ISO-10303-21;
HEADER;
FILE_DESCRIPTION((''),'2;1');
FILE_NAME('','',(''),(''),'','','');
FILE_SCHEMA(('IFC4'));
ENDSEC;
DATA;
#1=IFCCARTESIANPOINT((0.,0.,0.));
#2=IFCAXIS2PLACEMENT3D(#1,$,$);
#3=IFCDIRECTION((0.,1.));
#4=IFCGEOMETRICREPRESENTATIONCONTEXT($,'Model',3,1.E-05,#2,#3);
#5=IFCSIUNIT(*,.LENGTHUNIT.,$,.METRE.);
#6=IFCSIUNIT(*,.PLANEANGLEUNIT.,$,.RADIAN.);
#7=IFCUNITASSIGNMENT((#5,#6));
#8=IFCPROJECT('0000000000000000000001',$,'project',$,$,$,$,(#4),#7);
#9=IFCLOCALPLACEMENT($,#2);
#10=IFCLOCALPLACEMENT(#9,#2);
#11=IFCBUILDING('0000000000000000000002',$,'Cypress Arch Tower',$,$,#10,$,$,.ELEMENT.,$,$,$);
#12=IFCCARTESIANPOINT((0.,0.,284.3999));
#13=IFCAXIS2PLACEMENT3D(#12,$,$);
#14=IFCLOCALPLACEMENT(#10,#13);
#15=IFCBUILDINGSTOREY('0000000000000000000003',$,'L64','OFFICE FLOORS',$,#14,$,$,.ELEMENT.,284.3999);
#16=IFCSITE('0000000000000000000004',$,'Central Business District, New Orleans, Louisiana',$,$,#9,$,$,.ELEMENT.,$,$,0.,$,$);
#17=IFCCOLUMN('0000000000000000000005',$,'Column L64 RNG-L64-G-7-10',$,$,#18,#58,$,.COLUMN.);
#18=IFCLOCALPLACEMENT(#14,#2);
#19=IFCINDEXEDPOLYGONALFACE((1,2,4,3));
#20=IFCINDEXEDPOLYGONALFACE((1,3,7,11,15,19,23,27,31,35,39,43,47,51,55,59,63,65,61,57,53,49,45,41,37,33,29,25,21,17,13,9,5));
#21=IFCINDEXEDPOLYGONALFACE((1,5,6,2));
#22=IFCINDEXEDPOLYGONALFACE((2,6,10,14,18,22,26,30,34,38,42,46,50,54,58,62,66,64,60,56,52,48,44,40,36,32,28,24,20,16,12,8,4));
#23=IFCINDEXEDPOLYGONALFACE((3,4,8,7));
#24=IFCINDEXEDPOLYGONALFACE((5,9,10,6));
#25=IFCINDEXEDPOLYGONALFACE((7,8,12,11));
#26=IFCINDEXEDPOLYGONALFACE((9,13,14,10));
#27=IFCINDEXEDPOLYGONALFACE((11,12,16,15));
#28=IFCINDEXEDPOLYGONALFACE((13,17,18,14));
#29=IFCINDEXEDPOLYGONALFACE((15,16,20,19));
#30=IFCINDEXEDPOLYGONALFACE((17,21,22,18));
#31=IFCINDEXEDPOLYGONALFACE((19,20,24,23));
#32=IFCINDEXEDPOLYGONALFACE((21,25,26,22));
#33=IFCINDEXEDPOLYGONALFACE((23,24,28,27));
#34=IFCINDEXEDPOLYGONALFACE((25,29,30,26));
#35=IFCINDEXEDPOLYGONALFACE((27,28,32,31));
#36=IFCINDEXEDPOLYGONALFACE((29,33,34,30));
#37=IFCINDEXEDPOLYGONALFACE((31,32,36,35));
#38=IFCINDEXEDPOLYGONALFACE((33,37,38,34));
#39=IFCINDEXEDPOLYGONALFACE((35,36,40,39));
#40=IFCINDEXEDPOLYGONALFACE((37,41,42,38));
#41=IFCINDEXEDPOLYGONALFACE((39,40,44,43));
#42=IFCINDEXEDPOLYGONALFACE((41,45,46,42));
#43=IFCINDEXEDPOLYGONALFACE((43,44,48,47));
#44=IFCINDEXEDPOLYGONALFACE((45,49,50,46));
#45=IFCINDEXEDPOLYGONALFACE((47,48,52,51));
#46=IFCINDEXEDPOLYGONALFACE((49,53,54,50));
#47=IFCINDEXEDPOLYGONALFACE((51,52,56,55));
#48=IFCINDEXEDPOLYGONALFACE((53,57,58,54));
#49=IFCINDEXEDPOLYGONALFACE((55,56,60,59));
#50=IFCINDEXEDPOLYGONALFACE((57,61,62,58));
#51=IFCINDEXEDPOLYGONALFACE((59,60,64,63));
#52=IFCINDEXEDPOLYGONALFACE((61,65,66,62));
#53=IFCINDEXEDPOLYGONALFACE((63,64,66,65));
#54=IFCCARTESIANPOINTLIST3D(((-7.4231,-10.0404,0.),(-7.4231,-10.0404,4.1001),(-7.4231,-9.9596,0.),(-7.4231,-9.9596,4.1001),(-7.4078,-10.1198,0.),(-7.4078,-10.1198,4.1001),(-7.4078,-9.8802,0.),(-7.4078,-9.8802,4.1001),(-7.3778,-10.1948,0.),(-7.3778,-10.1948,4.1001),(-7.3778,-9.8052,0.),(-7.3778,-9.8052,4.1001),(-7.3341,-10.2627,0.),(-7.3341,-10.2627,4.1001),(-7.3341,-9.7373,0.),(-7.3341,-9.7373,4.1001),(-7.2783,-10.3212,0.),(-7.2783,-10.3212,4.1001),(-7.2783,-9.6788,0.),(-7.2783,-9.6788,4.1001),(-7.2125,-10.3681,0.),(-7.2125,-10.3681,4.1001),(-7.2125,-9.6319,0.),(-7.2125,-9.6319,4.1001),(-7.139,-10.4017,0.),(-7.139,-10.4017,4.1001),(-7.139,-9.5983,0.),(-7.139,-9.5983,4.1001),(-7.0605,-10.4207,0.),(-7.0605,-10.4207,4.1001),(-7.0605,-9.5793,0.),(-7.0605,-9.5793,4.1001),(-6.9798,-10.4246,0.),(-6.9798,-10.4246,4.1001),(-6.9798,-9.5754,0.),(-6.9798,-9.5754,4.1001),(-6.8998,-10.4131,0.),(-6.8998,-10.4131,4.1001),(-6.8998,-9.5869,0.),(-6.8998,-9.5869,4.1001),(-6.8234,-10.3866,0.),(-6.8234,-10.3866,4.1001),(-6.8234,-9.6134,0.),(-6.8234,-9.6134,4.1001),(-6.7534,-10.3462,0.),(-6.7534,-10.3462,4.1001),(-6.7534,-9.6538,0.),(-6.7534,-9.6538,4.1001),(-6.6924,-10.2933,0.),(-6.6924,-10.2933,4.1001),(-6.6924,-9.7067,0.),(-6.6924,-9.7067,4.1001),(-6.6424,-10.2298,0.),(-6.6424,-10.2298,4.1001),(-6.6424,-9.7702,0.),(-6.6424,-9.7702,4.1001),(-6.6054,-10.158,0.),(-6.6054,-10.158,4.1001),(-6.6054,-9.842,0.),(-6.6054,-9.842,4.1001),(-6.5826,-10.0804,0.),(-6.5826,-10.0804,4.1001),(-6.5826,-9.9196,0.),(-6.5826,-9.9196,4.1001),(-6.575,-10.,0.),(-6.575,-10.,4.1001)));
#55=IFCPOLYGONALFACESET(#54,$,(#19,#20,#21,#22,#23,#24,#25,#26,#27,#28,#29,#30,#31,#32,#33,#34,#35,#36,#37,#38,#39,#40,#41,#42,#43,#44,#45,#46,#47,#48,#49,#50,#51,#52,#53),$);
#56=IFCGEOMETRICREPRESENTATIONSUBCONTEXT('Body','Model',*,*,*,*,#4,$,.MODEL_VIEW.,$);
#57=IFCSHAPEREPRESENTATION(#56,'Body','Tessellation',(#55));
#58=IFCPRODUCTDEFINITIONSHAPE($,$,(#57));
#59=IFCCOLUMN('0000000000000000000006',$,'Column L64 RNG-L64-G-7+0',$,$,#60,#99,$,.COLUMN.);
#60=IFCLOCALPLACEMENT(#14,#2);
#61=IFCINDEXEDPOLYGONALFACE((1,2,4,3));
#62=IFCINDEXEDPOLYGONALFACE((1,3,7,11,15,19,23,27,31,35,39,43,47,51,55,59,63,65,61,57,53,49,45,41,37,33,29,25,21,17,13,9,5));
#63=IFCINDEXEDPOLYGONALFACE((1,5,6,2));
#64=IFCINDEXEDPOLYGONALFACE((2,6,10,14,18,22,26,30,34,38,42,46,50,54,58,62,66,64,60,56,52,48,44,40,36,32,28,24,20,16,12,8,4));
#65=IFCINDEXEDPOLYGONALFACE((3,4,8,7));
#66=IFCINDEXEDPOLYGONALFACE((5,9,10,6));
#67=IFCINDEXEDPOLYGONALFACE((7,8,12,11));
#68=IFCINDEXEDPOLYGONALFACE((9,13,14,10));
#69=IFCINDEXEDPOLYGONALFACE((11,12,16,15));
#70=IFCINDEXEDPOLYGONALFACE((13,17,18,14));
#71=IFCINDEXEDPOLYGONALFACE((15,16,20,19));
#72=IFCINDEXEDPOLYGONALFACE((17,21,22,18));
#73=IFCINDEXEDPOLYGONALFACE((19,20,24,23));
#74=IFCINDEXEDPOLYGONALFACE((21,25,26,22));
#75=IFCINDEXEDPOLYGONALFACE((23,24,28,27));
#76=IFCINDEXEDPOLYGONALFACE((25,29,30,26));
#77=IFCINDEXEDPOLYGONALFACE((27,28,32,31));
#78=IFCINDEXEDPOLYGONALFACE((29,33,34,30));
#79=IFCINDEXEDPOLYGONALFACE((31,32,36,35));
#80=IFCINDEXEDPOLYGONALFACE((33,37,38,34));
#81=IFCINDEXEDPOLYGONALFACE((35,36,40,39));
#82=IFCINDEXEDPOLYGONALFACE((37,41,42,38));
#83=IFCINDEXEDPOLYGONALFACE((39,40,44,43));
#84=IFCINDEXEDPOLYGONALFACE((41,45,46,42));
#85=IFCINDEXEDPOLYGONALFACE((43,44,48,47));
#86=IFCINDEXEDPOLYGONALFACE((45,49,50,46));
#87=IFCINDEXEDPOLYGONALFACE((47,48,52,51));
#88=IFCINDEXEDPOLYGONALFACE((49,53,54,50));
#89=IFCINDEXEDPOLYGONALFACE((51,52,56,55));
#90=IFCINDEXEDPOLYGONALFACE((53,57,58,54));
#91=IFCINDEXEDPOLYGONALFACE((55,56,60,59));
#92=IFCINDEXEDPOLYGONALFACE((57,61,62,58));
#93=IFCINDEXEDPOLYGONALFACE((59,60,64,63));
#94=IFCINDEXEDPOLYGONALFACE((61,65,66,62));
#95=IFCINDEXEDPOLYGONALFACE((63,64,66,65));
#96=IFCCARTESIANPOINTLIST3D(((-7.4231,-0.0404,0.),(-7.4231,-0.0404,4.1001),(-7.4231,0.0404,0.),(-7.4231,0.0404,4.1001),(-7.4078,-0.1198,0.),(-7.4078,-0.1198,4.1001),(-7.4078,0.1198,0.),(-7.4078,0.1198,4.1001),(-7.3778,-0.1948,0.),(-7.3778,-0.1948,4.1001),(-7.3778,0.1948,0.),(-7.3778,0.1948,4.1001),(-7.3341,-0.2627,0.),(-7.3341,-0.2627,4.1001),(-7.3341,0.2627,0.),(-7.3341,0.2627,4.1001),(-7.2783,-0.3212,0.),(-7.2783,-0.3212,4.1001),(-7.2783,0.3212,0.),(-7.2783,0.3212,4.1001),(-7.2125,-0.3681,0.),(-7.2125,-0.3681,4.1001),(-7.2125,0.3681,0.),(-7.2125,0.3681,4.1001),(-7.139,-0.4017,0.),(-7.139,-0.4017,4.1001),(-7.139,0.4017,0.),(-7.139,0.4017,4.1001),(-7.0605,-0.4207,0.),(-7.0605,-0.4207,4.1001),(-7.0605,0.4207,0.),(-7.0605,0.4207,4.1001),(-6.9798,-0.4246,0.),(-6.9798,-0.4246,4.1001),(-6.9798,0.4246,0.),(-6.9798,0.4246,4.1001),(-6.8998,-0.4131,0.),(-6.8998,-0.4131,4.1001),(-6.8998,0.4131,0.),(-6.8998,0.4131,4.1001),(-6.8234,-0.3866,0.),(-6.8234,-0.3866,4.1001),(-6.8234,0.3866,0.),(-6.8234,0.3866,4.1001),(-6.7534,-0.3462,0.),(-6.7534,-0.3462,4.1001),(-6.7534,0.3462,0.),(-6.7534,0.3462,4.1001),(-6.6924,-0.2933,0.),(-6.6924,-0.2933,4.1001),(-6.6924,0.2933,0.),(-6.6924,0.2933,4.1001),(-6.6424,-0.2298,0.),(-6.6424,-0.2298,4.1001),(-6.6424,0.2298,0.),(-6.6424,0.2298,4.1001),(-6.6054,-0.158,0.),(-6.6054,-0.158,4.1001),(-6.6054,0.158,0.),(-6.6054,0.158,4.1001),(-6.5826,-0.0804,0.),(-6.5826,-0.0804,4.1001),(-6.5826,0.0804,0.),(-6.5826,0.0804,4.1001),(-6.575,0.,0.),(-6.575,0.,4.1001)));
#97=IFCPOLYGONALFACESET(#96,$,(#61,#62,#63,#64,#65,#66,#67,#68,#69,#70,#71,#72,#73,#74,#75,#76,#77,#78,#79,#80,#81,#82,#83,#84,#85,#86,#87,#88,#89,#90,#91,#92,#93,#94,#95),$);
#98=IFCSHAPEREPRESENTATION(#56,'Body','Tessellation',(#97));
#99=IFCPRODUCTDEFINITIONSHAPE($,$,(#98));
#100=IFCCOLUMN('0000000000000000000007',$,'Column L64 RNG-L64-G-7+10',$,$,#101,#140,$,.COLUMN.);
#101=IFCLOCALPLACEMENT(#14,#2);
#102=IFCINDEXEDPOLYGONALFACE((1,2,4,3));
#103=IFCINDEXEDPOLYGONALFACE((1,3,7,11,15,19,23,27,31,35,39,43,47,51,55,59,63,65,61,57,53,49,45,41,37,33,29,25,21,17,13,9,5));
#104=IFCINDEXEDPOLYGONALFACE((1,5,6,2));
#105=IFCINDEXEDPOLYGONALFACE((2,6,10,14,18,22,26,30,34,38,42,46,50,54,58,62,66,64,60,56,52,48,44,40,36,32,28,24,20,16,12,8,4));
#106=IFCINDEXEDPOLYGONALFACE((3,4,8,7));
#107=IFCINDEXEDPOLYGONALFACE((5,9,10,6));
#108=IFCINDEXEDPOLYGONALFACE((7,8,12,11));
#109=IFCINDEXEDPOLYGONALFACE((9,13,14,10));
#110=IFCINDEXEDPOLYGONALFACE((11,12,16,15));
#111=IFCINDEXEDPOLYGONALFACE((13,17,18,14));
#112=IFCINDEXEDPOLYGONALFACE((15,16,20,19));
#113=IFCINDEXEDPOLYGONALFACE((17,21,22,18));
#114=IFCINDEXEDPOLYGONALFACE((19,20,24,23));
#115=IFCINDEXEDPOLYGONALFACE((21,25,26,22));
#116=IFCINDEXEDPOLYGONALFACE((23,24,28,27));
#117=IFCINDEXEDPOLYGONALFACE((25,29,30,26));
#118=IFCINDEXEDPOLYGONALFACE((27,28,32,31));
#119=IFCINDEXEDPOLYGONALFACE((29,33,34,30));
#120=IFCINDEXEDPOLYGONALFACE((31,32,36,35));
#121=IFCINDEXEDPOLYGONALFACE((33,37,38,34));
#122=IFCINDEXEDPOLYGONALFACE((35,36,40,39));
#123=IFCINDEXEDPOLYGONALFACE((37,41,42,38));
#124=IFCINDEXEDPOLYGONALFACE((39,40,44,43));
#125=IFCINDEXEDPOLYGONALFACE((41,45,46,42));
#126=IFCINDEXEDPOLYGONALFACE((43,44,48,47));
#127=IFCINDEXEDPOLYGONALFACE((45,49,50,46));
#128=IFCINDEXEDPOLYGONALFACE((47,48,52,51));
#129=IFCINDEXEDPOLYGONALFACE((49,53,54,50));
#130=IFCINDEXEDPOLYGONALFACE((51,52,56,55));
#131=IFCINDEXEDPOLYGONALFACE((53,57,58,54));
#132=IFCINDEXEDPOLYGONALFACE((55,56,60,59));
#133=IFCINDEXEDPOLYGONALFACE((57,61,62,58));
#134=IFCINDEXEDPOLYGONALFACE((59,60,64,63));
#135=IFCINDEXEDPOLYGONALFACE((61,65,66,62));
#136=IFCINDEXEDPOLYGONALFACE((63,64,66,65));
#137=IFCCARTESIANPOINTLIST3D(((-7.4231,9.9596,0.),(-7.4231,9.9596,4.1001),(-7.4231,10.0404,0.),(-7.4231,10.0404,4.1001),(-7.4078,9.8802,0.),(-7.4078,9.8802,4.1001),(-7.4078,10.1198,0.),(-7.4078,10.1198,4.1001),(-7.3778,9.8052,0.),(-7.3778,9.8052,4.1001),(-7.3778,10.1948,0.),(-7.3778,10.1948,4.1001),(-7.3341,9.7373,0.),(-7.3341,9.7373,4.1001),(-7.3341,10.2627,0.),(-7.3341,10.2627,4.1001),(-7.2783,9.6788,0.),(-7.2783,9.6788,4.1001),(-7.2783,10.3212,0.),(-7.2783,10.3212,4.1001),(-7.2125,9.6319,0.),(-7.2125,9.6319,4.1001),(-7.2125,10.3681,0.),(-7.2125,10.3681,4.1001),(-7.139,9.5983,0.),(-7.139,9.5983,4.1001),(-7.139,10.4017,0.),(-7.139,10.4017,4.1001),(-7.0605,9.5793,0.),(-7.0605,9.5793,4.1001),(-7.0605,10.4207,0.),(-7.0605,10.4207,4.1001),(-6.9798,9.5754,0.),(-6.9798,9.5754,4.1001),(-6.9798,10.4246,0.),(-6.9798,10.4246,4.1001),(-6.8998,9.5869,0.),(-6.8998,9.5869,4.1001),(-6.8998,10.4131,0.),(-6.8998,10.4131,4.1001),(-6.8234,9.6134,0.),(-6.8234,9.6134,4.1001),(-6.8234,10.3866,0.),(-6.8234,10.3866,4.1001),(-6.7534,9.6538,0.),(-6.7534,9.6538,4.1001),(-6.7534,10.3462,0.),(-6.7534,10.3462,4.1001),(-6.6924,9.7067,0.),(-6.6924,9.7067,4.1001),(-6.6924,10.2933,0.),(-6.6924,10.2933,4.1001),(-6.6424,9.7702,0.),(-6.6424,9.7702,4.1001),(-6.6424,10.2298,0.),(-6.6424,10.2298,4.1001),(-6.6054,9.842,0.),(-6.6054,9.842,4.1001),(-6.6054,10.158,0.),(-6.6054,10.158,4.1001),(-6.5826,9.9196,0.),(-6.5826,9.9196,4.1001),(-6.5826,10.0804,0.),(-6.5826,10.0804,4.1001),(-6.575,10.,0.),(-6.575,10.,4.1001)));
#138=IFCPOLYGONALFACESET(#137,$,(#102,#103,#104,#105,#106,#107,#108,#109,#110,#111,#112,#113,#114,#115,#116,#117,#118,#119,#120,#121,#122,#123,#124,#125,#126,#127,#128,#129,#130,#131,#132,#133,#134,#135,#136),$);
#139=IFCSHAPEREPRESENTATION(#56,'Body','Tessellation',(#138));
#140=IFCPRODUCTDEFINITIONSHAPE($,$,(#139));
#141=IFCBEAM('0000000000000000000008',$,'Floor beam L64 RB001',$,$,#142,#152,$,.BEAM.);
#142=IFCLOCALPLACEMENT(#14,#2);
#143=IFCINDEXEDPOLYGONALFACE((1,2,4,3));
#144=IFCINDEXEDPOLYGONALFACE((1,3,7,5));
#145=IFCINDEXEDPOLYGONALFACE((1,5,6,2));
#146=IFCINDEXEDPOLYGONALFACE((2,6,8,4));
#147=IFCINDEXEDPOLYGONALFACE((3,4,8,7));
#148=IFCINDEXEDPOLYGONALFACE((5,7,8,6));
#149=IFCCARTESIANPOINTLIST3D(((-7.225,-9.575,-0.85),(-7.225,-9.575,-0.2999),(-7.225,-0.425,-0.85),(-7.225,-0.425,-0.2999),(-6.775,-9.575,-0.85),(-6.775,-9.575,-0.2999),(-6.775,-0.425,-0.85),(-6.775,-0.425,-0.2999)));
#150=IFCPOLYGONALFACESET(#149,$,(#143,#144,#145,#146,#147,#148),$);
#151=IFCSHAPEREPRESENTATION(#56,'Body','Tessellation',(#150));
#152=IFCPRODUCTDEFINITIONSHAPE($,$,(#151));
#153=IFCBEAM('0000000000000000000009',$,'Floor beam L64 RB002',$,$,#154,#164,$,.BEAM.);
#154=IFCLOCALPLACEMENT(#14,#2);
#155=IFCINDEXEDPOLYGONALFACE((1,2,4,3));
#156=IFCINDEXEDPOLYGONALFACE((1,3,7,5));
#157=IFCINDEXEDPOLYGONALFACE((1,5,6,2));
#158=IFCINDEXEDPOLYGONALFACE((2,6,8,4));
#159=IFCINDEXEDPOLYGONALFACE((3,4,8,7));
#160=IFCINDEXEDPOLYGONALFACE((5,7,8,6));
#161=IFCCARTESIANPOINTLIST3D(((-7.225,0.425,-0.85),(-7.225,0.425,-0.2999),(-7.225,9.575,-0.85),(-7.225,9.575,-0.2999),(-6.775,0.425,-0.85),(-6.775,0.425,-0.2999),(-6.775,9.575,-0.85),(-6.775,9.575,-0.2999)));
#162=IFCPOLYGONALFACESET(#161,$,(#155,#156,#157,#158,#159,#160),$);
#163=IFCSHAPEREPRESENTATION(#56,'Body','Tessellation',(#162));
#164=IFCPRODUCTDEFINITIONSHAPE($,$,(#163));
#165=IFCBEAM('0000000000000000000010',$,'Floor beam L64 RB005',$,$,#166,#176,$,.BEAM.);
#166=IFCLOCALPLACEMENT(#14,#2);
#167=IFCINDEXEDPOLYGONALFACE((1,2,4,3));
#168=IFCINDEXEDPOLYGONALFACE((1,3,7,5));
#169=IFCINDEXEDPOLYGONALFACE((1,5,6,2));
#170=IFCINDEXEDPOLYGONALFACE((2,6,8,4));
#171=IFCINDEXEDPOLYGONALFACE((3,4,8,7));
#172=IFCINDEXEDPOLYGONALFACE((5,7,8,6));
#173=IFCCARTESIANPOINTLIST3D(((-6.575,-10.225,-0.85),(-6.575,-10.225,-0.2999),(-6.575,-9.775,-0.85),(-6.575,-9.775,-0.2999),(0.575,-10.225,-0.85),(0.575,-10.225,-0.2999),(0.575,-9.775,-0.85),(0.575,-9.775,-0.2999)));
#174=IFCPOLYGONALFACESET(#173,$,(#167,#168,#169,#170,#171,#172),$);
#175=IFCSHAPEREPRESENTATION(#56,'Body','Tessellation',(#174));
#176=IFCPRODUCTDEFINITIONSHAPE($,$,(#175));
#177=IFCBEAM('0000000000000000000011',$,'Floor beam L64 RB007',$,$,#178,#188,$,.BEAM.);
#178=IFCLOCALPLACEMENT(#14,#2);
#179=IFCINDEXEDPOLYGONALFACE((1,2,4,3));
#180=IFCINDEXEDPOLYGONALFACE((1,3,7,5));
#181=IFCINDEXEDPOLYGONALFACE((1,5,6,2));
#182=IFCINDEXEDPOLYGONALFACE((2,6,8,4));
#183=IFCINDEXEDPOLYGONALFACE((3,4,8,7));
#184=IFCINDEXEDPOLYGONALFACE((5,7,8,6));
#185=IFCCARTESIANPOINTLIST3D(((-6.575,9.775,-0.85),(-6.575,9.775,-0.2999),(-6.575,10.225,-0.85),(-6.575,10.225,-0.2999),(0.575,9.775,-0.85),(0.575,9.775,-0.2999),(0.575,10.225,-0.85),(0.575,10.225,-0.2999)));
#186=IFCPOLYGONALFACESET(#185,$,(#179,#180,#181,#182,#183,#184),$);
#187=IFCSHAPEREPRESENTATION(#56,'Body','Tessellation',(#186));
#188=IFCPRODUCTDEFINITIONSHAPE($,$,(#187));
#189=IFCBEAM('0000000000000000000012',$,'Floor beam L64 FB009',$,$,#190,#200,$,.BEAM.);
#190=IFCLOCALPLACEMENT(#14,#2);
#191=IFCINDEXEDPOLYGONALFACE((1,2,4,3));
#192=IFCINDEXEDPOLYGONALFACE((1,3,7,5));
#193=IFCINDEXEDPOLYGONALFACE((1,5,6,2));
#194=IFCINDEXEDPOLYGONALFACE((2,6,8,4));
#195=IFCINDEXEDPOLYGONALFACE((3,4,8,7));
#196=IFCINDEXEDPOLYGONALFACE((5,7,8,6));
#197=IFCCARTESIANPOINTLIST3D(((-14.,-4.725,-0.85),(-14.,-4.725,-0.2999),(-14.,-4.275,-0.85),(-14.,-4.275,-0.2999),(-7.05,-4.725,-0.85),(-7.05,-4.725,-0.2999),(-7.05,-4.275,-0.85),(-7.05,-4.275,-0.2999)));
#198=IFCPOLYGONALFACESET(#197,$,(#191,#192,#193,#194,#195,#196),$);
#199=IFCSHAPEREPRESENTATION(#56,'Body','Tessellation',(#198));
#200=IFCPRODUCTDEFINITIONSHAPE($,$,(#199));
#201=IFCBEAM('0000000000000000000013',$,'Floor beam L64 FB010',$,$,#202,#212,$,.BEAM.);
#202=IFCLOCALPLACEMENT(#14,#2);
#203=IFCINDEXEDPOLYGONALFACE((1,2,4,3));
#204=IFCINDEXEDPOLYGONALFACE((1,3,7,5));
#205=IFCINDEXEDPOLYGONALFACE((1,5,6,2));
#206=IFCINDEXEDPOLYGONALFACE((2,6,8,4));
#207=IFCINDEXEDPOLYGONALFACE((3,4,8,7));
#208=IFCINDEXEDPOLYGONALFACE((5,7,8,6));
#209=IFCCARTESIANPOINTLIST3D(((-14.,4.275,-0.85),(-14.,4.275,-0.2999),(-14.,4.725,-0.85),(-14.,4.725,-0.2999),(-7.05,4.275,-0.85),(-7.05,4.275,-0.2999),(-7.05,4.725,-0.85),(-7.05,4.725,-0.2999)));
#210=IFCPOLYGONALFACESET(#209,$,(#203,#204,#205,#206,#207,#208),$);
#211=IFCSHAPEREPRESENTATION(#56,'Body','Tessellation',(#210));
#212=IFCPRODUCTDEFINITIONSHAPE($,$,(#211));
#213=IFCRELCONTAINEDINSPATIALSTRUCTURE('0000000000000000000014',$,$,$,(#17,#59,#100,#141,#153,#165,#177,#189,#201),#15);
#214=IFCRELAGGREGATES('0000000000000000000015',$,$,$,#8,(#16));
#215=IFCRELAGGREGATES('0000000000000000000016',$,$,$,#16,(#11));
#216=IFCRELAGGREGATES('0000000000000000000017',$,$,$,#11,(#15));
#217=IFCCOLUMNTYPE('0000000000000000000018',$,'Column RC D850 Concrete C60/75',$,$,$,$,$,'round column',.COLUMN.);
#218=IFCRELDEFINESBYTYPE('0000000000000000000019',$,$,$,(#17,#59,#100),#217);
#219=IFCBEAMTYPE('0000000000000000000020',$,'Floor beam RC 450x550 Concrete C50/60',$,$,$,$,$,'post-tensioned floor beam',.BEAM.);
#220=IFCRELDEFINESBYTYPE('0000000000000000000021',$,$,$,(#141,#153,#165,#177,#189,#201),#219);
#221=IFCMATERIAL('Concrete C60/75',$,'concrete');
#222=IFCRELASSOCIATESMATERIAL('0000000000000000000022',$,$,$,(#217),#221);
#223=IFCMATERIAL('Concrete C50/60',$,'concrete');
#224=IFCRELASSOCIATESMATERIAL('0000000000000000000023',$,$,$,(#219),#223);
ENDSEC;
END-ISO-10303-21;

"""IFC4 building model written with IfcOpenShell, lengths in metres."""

from ifc_helpers import new_model, si_unit, direction, frame, origin, origin_2d, place, context, subcontext, project, spatial, rectangle, circle, extrude, material, material_profile, profile_set, type_object, element, save


model = new_model("IFC4")

# Units and contexts
model_context = context("Model", 3, precision=1e-05, world=origin(), true_north=direction((0.0, 1.0)))
body_context = subcontext(model_context, "Body", "Model", "MODEL_VIEW")
ifc_project = project(units=[si_unit("LENGTHUNIT", "METRE"), si_unit("PLANEANGLEUNIT", "RADIAN")], contexts=[model_context])

# Site, building, storey
site_placement = place(None, origin())
site = spatial("IfcSite", under=ifc_project, at=site_placement, Name="Central Business District, New Orleans, Louisiana", CompositionType="ELEMENT", RefElevation=0.0)
building_placement = place(site_placement, origin())
building = spatial("IfcBuilding", under=site, at=building_placement, Name="Cypress Arch Tower", CompositionType="ELEMENT")
storey_placement = place(building_placement, frame((0.0, 0.0, 284.3999)))
storey = spatial("IfcBuildingStorey", under=building, at=storey_placement, Name="L64", Description="OFFICE FLOORS", CompositionType="ELEMENT", Elevation=284.3999)

# Columns
ifc_material_1 = material(Name="Concrete C60/75", Category="concrete")
ifc_material_profile_1 = material_profile(ifc_material_1, circle(Radius=0.425, at=origin_2d()), Name="RC D850")
ifc_profile_set_1 = profile_set([ifc_material_profile_1], Name="Concrete C60/75")
column_type = type_object("IfcColumnType", Name="Column RC D850 Concrete C60/75", ElementType="round column", PredefinedType="COLUMN", material=ifc_profile_set_1)
for number, where, z_axis, x_axis, name in (
    (1, (-7.0, -10.0, 0.0), (0.0, 0.0, 1.0), (1.0, 0.0, 0.0), "Column L64 RNG-L64-G-7-10"),
    (2, (-7.0, 0.0, 0.0), (0.0, 0.0, 1.0), (1.0, 0.0, 0.0), "Column L64 RNG-L64-G-7+0"),
    (3, (-7.0, 10.0, 0.0), (0.0, 0.0, 1.0), (1.0, 0.0, 0.0), "Column L64 RNG-L64-G-7+10"),
):
    element("IfcColumn", number, at=place(storey_placement, frame(where, z_axis=z_axis, x_axis=x_axis)), inside=storey, type_object=column_type, Name=name, PredefinedType="COLUMN", context=body_context, shape_type="SweptSolid", body=[
        extrude(circle(Radius=0.425, at=origin_2d()), origin(), (0.0, 0.0, 1.0), 4.1001),
    ])

# Beams
ifc_material_2 = material(Name="Concrete C50/60", Category="concrete")
ifc_material_profile_2 = material_profile(ifc_material_2, rectangle(XDim=0.45, YDim=0.55, at=origin_2d()), Name="RC 450x550")
ifc_profile_set_2 = profile_set([ifc_material_profile_2], Name="Concrete C50/60")
beam_type = type_object("IfcBeamType", Name="Floor beam RC 450x550 Concrete C50/60", ElementType="post-tensioned floor beam", PredefinedType="BEAM", material=ifc_profile_set_2)
for number, where, z_axis, x_axis, name in (
    (4, (-7.0, -9.575, -0.575), (0.0, 1.0, 0.0), (-1.0, 0.0, 0.0), "Floor beam L64 RB001"),
    (5, (-7.0, 0.425, -0.575), (0.0, 1.0, 0.0), (-1.0, 0.0, 0.0), "Floor beam L64 RB002"),
):
    element("IfcBeam", number, at=place(storey_placement, frame(where, z_axis=z_axis, x_axis=x_axis)), inside=storey, type_object=beam_type, Name=name, PredefinedType="BEAM", context=body_context, shape_type="SweptSolid", body=[
        extrude(rectangle(XDim=0.45, YDim=0.55, at=origin_2d()), origin(), (0.0, 0.0, 1.0), 9.1499),
    ])
for number, where, z_axis, x_axis, name in (
    (6, (-6.575, -10.0, -0.575), (1.0, 0.0, 0.0), (0.0, 1.0, 0.0), "Floor beam L64 RB005"),
    (7, (-6.575, 10.0, -0.575), (1.0, 0.0, 0.0), (0.0, 1.0, 0.0), "Floor beam L64 RB007"),
):
    element("IfcBeam", number, at=place(storey_placement, frame(where, z_axis=z_axis, x_axis=x_axis)), inside=storey, type_object=beam_type, Name=name, PredefinedType="BEAM", context=body_context, shape_type="SweptSolid", body=[
        extrude(rectangle(XDim=0.45, YDim=0.55, at=origin_2d()), origin(), (0.0, 0.0, 1.0), 7.1499),
    ])
for number, where, z_axis, x_axis, name in (
    (8, (-14.0, -4.5, -0.575), (1.0, 0.0, 0.0), (0.0, 1.0, 0.0), "Floor beam L64 FB009"),
    (9, (-14.0, 4.5, -0.575), (1.0, 0.0, 0.0), (0.0, 1.0, 0.0), "Floor beam L64 FB010"),
):
    element("IfcBeam", number, at=place(storey_placement, frame(where, z_axis=z_axis, x_axis=x_axis)), inside=storey, type_object=beam_type, Name=name, PredefinedType="BEAM", context=body_context, shape_type="SweptSolid", body=[
        extrude(rectangle(XDim=0.45, YDim=0.55, at=origin_2d()), origin(), (0.0, 0.0, 1.0), 6.95),
    ])

save(model, "model.ifc")
